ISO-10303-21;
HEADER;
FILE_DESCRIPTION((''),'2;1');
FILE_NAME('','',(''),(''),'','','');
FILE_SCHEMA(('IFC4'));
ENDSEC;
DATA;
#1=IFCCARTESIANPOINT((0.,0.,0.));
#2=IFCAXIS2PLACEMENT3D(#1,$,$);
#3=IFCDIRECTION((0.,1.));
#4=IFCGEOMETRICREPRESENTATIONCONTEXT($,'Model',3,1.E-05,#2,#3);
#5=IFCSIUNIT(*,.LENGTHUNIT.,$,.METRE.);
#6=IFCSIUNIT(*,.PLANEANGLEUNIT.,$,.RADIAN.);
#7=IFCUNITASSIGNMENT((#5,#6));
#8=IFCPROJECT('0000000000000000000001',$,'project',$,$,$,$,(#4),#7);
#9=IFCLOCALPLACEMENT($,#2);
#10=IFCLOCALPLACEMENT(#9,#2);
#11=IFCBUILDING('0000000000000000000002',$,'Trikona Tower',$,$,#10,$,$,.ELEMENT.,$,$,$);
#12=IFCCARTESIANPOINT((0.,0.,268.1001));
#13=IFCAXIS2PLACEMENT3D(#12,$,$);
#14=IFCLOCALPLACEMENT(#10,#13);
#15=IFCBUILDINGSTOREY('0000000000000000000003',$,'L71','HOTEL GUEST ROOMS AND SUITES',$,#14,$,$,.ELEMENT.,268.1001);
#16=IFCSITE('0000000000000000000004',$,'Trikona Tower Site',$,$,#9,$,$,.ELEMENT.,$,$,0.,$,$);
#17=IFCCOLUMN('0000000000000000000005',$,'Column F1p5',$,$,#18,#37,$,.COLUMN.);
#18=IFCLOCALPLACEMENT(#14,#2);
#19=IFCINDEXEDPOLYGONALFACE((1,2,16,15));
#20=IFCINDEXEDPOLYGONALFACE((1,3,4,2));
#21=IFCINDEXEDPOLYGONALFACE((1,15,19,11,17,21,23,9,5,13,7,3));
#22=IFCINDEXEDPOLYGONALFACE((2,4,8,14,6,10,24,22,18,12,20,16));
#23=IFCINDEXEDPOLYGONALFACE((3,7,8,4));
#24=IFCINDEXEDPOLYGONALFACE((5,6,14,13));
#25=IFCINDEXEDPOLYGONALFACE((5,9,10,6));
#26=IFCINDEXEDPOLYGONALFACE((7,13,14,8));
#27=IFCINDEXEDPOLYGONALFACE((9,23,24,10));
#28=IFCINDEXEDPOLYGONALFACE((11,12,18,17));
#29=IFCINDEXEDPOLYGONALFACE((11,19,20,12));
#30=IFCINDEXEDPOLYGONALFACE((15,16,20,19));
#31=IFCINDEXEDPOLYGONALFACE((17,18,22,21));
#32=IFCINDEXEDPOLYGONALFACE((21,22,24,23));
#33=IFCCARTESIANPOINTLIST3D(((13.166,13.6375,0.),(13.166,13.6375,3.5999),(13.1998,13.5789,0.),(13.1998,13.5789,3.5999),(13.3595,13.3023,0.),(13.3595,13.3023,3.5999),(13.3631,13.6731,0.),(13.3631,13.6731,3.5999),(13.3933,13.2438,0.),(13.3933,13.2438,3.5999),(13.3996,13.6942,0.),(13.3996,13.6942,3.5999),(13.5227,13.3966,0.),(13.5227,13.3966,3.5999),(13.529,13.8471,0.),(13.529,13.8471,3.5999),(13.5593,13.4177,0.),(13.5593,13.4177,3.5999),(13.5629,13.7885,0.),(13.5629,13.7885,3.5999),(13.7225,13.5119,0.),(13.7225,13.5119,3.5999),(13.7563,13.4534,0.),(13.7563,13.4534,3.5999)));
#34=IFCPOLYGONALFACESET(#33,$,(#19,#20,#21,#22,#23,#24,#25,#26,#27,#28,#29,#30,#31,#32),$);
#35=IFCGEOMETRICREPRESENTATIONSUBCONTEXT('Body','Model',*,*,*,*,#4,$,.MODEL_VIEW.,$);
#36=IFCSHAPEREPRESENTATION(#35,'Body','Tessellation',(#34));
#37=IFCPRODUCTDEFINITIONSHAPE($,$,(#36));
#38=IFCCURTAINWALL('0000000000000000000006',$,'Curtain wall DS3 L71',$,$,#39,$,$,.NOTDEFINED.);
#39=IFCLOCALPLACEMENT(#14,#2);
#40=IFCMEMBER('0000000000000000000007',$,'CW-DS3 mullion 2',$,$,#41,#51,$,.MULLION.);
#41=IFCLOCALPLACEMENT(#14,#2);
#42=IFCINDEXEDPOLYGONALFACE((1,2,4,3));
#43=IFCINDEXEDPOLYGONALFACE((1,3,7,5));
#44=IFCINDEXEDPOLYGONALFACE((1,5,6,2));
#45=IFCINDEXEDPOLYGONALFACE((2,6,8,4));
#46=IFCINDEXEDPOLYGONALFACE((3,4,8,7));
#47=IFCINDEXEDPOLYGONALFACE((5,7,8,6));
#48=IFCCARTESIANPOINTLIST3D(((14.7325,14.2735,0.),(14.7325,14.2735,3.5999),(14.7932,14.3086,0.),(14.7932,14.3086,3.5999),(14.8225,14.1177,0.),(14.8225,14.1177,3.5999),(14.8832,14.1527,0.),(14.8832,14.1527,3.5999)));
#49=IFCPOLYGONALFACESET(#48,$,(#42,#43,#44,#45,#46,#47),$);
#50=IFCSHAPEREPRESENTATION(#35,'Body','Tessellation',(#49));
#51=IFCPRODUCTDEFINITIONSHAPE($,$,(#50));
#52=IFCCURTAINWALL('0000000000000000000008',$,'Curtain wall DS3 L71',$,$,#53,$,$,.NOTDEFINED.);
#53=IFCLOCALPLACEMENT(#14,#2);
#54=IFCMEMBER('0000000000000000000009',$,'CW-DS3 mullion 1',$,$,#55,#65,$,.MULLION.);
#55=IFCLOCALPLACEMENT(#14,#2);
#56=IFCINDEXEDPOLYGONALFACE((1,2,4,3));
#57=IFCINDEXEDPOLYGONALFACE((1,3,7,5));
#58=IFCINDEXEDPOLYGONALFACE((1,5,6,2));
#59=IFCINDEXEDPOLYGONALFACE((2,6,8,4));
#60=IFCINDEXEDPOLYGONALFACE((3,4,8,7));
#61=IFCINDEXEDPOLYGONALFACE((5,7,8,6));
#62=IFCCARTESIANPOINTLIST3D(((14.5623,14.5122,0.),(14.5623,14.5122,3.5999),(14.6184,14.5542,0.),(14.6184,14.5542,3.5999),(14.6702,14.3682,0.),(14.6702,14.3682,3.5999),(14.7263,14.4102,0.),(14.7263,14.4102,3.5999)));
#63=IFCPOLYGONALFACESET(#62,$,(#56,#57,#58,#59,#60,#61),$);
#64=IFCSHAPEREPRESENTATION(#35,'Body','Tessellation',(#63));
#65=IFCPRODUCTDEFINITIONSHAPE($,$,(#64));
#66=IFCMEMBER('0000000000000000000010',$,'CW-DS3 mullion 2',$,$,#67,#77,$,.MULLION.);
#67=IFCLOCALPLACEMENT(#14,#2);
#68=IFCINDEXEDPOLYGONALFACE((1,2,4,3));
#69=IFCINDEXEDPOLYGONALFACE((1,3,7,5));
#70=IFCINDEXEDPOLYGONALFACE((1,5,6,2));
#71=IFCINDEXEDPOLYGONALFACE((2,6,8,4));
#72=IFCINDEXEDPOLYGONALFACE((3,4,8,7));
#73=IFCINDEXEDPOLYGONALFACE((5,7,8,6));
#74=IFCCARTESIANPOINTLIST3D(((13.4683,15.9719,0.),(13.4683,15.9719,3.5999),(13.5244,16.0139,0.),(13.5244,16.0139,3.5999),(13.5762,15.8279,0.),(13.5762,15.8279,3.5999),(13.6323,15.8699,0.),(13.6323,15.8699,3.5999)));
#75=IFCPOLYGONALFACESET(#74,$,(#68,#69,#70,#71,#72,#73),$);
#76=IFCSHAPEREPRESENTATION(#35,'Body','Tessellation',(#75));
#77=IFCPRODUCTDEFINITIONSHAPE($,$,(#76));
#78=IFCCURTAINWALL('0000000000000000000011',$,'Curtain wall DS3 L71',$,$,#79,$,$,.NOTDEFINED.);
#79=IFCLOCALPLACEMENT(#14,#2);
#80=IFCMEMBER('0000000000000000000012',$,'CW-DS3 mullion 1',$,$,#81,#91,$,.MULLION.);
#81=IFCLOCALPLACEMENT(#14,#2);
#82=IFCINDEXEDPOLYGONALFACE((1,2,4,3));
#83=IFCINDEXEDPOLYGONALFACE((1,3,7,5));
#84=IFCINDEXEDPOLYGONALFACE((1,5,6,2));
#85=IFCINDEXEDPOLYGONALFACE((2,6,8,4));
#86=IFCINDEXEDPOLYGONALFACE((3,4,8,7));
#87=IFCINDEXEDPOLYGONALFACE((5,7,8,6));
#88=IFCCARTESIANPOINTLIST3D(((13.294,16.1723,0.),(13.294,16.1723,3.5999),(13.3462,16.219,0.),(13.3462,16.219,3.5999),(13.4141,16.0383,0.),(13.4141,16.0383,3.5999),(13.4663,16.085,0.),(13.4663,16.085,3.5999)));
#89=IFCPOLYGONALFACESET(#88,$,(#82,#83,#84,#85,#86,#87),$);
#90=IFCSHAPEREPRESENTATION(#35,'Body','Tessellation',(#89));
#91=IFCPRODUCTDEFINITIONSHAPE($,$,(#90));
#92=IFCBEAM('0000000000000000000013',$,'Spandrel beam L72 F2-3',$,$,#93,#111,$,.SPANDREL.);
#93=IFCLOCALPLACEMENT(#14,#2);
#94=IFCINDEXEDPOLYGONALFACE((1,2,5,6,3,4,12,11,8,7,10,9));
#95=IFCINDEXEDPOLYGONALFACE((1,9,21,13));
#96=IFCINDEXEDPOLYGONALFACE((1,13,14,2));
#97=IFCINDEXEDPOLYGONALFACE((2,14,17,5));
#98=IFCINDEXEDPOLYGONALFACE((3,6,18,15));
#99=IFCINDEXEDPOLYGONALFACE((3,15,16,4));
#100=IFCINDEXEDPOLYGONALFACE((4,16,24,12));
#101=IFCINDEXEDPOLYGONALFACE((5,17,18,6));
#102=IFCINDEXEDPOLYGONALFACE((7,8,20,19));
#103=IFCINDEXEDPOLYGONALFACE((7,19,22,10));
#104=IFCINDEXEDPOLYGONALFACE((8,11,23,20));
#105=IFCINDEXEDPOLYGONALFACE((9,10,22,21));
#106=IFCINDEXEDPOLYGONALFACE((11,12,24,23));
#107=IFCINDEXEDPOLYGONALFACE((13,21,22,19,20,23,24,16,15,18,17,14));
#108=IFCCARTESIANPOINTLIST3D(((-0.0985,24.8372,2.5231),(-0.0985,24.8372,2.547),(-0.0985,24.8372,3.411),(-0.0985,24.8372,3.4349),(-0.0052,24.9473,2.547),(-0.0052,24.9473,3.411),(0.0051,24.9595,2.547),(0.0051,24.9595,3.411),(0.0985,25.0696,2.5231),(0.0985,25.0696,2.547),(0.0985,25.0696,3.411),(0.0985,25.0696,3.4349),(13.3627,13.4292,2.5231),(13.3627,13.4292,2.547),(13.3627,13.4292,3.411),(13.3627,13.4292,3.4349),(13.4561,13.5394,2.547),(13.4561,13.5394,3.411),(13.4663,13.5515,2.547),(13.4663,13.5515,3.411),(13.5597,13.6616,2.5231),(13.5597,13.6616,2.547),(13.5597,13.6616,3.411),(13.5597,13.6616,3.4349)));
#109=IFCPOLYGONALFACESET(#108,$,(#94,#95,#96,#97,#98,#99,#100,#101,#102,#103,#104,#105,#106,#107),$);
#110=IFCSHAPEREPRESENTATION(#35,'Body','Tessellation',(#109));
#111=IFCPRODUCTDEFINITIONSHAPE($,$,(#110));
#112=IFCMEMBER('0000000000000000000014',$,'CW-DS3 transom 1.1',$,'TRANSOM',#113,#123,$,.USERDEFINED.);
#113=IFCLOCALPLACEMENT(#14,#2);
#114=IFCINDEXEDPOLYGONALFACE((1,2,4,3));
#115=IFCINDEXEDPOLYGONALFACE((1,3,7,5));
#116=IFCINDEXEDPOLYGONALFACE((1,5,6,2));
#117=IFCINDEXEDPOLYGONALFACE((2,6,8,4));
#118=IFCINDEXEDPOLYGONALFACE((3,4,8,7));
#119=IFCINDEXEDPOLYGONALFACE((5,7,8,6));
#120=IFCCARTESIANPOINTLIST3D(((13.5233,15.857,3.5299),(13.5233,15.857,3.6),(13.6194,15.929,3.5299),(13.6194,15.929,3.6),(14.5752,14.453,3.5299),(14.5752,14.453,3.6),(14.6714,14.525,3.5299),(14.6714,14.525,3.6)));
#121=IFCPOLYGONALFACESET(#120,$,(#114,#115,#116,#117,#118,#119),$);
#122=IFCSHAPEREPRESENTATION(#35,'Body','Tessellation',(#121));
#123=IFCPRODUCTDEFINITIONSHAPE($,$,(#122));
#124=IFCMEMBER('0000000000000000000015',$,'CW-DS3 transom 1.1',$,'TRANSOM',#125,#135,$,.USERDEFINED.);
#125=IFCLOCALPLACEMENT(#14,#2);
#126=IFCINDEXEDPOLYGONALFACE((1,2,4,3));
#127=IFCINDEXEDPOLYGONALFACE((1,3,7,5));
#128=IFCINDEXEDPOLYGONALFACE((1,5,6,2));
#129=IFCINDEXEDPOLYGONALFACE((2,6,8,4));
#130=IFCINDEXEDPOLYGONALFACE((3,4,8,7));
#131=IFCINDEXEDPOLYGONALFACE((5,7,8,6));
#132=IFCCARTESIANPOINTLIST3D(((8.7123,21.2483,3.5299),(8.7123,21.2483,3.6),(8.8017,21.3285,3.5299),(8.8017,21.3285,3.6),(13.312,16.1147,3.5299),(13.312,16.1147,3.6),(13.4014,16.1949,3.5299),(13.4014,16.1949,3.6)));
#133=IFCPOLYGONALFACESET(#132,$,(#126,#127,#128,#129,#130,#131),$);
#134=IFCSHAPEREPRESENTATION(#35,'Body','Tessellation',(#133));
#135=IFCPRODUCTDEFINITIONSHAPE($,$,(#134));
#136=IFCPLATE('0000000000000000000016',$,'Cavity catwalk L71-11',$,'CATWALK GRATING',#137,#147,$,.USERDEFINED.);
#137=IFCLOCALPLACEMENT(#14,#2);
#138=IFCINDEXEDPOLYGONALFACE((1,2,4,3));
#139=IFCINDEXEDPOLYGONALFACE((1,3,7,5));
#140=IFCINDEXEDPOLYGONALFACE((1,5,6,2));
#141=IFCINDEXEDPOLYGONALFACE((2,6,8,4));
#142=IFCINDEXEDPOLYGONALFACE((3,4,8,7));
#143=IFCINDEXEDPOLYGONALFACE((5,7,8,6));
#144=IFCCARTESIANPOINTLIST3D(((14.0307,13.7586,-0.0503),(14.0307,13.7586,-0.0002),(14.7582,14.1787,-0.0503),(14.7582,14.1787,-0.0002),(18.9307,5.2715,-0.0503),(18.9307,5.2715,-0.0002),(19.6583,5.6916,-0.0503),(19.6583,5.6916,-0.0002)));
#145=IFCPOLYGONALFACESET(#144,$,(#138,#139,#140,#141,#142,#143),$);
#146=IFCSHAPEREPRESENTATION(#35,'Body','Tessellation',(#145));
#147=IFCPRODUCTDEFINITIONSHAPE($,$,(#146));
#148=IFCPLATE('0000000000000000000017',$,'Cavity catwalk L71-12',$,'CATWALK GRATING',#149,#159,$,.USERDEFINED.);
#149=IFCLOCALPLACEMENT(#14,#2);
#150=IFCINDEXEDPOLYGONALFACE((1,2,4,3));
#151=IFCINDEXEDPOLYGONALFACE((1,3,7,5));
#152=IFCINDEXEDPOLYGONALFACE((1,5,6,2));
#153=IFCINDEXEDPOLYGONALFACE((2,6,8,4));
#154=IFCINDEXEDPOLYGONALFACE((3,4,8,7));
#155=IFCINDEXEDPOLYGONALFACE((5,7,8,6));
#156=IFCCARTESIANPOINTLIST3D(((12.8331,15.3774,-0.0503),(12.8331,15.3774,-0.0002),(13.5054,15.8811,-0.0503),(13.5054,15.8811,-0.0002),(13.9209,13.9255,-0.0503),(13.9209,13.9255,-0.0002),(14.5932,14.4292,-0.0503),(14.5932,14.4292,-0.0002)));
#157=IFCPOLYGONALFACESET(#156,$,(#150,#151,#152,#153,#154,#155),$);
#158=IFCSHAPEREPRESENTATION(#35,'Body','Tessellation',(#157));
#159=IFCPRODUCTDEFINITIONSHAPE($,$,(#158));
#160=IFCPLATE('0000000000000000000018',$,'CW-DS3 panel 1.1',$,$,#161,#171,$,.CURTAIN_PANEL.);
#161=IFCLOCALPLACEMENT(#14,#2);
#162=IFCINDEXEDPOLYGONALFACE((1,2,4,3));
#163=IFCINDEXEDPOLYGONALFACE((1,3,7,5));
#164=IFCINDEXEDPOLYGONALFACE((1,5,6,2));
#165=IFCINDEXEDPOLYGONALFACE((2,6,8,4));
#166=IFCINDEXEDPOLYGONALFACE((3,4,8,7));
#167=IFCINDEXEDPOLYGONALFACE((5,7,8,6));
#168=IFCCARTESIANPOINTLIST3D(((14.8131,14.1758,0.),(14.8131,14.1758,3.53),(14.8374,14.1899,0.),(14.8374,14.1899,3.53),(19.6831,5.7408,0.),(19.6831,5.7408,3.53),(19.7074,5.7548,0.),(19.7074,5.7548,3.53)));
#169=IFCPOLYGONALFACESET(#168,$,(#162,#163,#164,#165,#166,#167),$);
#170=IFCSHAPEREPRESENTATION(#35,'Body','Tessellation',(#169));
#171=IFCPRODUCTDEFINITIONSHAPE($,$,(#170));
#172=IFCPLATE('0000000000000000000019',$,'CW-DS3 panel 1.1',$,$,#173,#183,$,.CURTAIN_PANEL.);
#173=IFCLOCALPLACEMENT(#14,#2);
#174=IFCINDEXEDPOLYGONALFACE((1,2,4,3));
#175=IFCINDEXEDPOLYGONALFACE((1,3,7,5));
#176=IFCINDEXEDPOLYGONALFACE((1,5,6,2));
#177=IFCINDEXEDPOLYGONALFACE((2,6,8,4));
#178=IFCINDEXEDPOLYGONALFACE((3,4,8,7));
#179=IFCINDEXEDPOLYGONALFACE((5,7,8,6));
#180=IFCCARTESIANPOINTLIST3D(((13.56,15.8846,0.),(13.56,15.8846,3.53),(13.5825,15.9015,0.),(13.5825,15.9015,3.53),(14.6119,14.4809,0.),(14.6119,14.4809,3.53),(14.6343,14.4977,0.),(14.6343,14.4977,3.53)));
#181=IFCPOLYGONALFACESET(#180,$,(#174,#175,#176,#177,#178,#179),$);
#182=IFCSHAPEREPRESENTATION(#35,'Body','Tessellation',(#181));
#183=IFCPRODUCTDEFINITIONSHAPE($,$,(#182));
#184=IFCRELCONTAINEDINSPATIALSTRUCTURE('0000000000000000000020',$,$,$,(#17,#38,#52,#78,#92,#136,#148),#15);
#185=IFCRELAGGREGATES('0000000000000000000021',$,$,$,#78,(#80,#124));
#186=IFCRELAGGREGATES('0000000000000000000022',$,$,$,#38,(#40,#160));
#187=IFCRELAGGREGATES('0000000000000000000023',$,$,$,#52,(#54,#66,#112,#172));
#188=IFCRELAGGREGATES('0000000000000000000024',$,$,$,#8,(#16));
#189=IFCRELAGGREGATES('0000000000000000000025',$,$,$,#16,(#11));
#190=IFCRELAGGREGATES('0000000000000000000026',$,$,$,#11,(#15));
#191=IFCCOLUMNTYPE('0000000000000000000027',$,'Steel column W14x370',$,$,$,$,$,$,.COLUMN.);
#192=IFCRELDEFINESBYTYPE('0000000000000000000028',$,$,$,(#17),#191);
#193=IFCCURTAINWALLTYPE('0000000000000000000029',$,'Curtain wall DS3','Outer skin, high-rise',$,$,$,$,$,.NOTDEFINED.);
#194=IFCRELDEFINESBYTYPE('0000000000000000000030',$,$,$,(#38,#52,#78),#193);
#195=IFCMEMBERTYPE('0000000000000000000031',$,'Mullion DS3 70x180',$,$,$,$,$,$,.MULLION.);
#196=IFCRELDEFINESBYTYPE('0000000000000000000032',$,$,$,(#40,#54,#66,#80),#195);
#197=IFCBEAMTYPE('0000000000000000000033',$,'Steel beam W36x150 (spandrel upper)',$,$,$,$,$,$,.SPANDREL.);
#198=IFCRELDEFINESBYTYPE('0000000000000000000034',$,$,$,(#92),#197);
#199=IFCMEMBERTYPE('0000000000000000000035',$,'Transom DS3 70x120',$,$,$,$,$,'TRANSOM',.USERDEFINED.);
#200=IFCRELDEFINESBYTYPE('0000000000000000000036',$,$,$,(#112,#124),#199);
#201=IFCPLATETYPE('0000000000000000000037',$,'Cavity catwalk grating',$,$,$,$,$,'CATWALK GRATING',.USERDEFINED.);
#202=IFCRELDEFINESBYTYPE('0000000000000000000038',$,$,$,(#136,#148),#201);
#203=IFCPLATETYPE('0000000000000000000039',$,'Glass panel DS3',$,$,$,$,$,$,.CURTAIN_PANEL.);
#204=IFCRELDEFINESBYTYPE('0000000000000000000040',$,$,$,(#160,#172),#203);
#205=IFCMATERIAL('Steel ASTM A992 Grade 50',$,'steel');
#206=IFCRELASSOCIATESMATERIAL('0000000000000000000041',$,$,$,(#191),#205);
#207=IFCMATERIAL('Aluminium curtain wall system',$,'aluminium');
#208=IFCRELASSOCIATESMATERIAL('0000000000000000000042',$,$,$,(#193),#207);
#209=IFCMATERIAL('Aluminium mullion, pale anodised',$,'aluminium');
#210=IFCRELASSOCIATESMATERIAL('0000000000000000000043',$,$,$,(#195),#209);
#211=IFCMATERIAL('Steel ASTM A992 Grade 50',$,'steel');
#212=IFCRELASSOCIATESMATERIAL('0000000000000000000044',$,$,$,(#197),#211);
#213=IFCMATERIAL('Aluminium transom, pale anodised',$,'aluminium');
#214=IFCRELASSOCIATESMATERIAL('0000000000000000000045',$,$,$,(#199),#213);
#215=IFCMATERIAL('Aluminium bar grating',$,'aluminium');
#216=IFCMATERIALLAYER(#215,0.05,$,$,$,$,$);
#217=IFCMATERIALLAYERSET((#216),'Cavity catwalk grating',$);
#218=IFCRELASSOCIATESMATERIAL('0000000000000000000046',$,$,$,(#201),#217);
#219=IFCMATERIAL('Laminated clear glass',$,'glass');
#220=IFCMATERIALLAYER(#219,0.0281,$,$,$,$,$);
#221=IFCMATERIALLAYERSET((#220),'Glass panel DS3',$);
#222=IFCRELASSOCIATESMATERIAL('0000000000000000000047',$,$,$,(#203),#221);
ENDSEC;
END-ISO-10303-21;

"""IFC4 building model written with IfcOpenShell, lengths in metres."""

from ifc_helpers import new_model, si_unit, direction, frame, origin, origin_2d, place, context, subcontext, project, spatial, rectangle, i_section, extrude, material, layer, layer_set, material_profile, profile_set, type_object, element, aggregate, save


model = new_model("IFC4")

# Units and contexts
model_context = context("Model", 3, precision=1e-05, world=origin(), true_north=direction((0.0, 1.0)))
body_context = subcontext(model_context, "Body", "Model", "MODEL_VIEW")
ifc_project = project(units=[si_unit("LENGTHUNIT", "METRE"), si_unit("PLANEANGLEUNIT", "RADIAN")], contexts=[model_context])

# Site, building, storey
site_placement = place(None, origin())
site = spatial("IfcSite", under=ifc_project, at=site_placement, Name="Trikona Tower Site", CompositionType="ELEMENT", RefElevation=0.0)
building_placement = place(site_placement, origin())
building = spatial("IfcBuilding", under=site, at=building_placement, Name="Trikona Tower", CompositionType="ELEMENT")
storey_placement = place(building_placement, frame((0.0, 0.0, 268.1001)))
storey = spatial("IfcBuildingStorey", under=building, at=storey_placement, Name="L71", Description="HOTEL GUEST ROOMS AND SUITES", CompositionType="ELEMENT", Elevation=268.1001)

# Column
ifc_material_1 = material(Name="Steel ASTM A992 Grade 50", Category="steel")
ifc_material_profile_1 = material_profile(ifc_material_1, i_section(OverallWidth=0.4192, OverallDepth=0.4546, WebThickness=0.0422, FlangeThickness=0.0676, at=origin_2d()), Name="W14X370")
ifc_profile_set_1 = profile_set([ifc_material_profile_1], Name="Steel ASTM A992 Grade 50")
column_type = type_object("IfcColumnType", Name="Steel column W14x370", PredefinedType="COLUMN", material=ifc_profile_set_1)
column_placement = place(storey_placement, frame((13.4612, 13.5454, 0.0), z_axis=(0.0, 0.0, 1.0), x_axis=(0.866025, 0.5, 0.0)))
element("IfcColumn", 1, at=column_placement, inside=storey, type_object=column_type, Name="Column F1p5", PredefinedType="COLUMN", context=body_context, shape_type="SweptSolid", body=[
    extrude(i_section(OverallWidth=0.4192, OverallDepth=0.4546, WebThickness=0.0422, FlangeThickness=0.0676, at=origin_2d()), origin(), (0.0, 0.0, 1.0), 3.5999),
])

# Curtain wall, member
ifc_material_2 = material(Name="Aluminium curtain wall system", Category="aluminium")
curtain_wall_type = type_object("IfcCurtainWallType", Name="Curtain wall DS3", Description="Outer skin, high-rise", PredefinedType="NOTDEFINED", material=ifc_material_2)
curtain_wall_1_placement = place(storey_placement, origin())
curtain_wall_1 = element("IfcCurtainWall", 2, at=curtain_wall_1_placement, inside=storey, type_object=curtain_wall_type, Name="Curtain wall DS3 L71", PredefinedType="NOTDEFINED")
ifc_material_3 = material(Name="Aluminium mullion, pale anodised", Category="aluminium")
ifc_material_profile_2 = material_profile(ifc_material_3, rectangle(XDim=0.0701, YDim=0.1799, at=origin_2d()), Name="MUL-DS3")
ifc_profile_set_2 = profile_set([ifc_material_profile_2], Name="Aluminium mullion, pale anodised")
member_type_1 = type_object("IfcMemberType", Name="Mullion DS3 70x180", PredefinedType="MULLION", material=ifc_profile_set_2)
member_1_placement = place(storey_placement, frame((14.8079, 14.2131, 0.0), z_axis=(0.0, 0.0, 1.0), x_axis=(-0.866025, -0.500001, 0.0)))
member_1 = element("IfcMember", 3, at=member_1_placement, type_object=member_type_1, Name="CW-DS3 mullion 2", PredefinedType="MULLION", context=body_context, shape_type="SweptSolid", body=[
    extrude(rectangle(XDim=0.0701, YDim=0.1799, at=origin_2d()), origin(), (0.0, 0.0, 1.0), 3.5999),
])

# Curtain wall, members
curtain_wall_2_placement = place(storey_placement, origin())
curtain_wall_2 = element("IfcCurtainWall", 4, at=curtain_wall_2_placement, inside=storey, type_object=curtain_wall_type, Name="Curtain wall DS3 L71", PredefinedType="NOTDEFINED")
member_2_placement = place(storey_placement, frame((14.6443, 14.4612, 0.0), z_axis=(0.0, 0.0, 1.0), x_axis=(-0.80026, -0.599654, 0.0)))
member_2 = element("IfcMember", 5, at=member_2_placement, type_object=member_type_1, Name="CW-DS3 mullion 1", PredefinedType="MULLION", context=body_context, shape_type="SweptSolid", body=[
    extrude(rectangle(XDim=0.0701, YDim=0.1799, at=origin_2d()), origin(), (0.0, 0.0, 1.0), 3.5999),
])
member_3_placement = place(storey_placement, frame((13.5503, 15.9209, 0.0), z_axis=(0.0, 0.0, 1.0), x_axis=(-0.80026, -0.599654, 0.0)))
member_3 = element("IfcMember", 6, at=member_3_placement, type_object=member_type_1, Name="CW-DS3 mullion 2", PredefinedType="MULLION", context=body_context, shape_type="SweptSolid", body=[
    extrude(rectangle(XDim=0.0701, YDim=0.1799, at=origin_2d()), origin(), (0.0, 0.0, 1.0), 3.5999),
])

# Curtain wall, member
curtain_wall_3_placement = place(storey_placement, origin())
curtain_wall_3 = element("IfcCurtainWall", 7, at=curtain_wall_3_placement, inside=storey, type_object=curtain_wall_type, Name="Curtain wall DS3 L71", PredefinedType="NOTDEFINED")
member_4_placement = place(storey_placement, frame((13.3801, 16.1287, 0.0), z_axis=(0.0, 0.0, 1.0), x_axis=(-0.744771, -0.66732, 0.0)))
member_4 = element("IfcMember", 8, at=member_4_placement, type_object=member_type_1, Name="CW-DS3 mullion 1", PredefinedType="MULLION", context=body_context, shape_type="SweptSolid", body=[
    extrude(rectangle(XDim=0.0701, YDim=0.1799, at=origin_2d()), origin(), (0.0, 0.0, 1.0), 3.5999),
])

# Beam
ifc_material_4 = material(Name="Steel ASTM A992 Grade 50", Category="steel")
ifc_material_profile_3 = material_profile(ifc_material_4, i_section(OverallWidth=0.3047, OverallDepth=0.9119, WebThickness=0.0159, FlangeThickness=0.0239, at=origin_2d()), Name="W36X150")
ifc_profile_set_3 = profile_set([ifc_material_profile_3], Name="Steel ASTM A992 Grade 50")
beam_type = type_object("IfcBeamType", Name="Steel beam W36x150 (spandrel upper)", PredefinedType="SPANDREL", material=ifc_profile_set_3)
beam_placement = place(storey_placement, frame((13.4612, 13.5454, 2.979), z_axis=(-0.762891, 0.646528, 0.0), x_axis=(-0.646528, -0.762891, 0.0)))
element("IfcBeam", 9, at=beam_placement, inside=storey, type_object=beam_type, Name="Spandrel beam L72 F2-3", PredefinedType="SPANDREL", context=body_context, shape_type="SweptSolid", body=[
    extrude(i_section(OverallWidth=0.3047, OverallDepth=0.9119, WebThickness=0.0159, FlangeThickness=0.0239, at=origin_2d()), origin(), (0.0, 0.0, 1.0), 17.645),
])

# Members
ifc_material_5 = material(Name="Aluminium transom, pale anodised", Category="aluminium")
ifc_material_profile_4 = material_profile(ifc_material_5, rectangle(XDim=0.1201, YDim=0.0701, at=origin_2d()), Name="TRN-DS3")
ifc_profile_set_4 = profile_set([ifc_material_profile_4], Name="Aluminium transom, pale anodised")
member_type_2 = type_object("IfcMemberType", Name="Transom DS3 70x120", ElementType="TRANSOM", PredefinedType="USERDEFINED", material=ifc_profile_set_4)
member_5_placement = place(storey_placement, frame((14.6233, 14.489, 3.5649), z_axis=(-0.599621, 0.800284, 0.0), x_axis=(-0.800284, -0.599621, 0.0)))
member_5 = element("IfcMember", 10, at=member_5_placement, type_object=member_type_2, Name="CW-DS3 transom 1.1", ObjectType="TRANSOM", PredefinedType="USERDEFINED", context=body_context, shape_type="SweptSolid", body=[
    extrude(rectangle(XDim=0.1201, YDim=0.0701, at=origin_2d()), origin(), (0.0, 0.0, 1.0), 1.7544),
])
member_6_placement = place(storey_placement, frame((13.3567, 16.1548, 3.5649), z_axis=(-0.667313, 0.744777, 0.0), x_axis=(-0.744777, -0.667313, 0.0)))
member_6 = element("IfcMember", 11, at=member_6_placement, type_object=member_type_2, Name="CW-DS3 transom 1.1", ObjectType="TRANSOM", PredefinedType="USERDEFINED", context=body_context, shape_type="SweptSolid", body=[
    extrude(rectangle(XDim=0.1201, YDim=0.0701, at=origin_2d()), origin(), (0.0, 0.0, 1.0), 6.8928),
])
aggregate(curtain_wall_3, [member_4, member_6])

# Plates
ifc_material_6 = material(Name="Aluminium bar grating", Category="aluminium")
ifc_layer_1 = layer(ifc_material_6, 0.05)
ifc_layer_set_1 = layer_set([ifc_layer_1], Name="Cavity catwalk grating")
plate_type_1 = type_object("IfcPlateType", Name="Cavity catwalk grating", ElementType="CATWALK GRATING", PredefinedType="USERDEFINED", material=ifc_layer_set_1)
plate_1_placement = place(storey_placement, frame((16.8445, 9.7251, -0.0503), z_axis=(0.0, 0.0, 1.0), x_axis=(-0.499998, 0.866026, 0.0)))
element("IfcPlate", 12, at=plate_1_placement, inside=storey, type_object=plate_type_1, Name="Cavity catwalk L71-11", ObjectType="CATWALK GRATING", PredefinedType="USERDEFINED", context=body_context, shape_type="SweptSolid", body=[
    extrude(rectangle(XDim=9.8, YDim=0.8401, at=origin_2d()), origin(), (0.0, 0.0, 1.0), 0.05),
])
plate_2_placement = place(storey_placement, frame((13.7131, 14.9033, -0.0503), z_axis=(0.0, 0.0, 1.0), x_axis=(-0.599619, 0.800286, 0.0)))
element("IfcPlate", 13, at=plate_2_placement, inside=storey, type_object=plate_type_1, Name="Cavity catwalk L71-12", ObjectType="CATWALK GRATING", PredefinedType="USERDEFINED", context=body_context, shape_type="SweptSolid", body=[
    extrude(rectangle(XDim=1.8142, YDim=0.8401, at=origin_2d()), origin(), (0.0, 0.0, 1.0), 0.05),
])

# Plates
ifc_material_7 = material(Name="Laminated clear glass", Category="glass")
ifc_layer_2 = layer(ifc_material_7, 0.0281)
ifc_layer_set_2 = layer_set([ifc_layer_2], Name="Glass panel DS3")
plate_type_2 = type_object("IfcPlateType", Name="Glass panel DS3", PredefinedType="CURTAIN_PANEL", material=ifc_layer_set_2)
plate_3_placement = place(storey_placement, frame((17.2603, 9.9653, 0.0), z_axis=(0.0, 0.0, 1.0), x_axis=(-0.500001, 0.866025, 0.0)))
plate_3 = element("IfcPlate", 14, at=plate_3_placement, type_object=plate_type_2, Name="CW-DS3 panel 1.1", PredefinedType="CURTAIN_PANEL", context=body_context, shape_type="SweptSolid", body=[
    extrude(rectangle(XDim=9.74, YDim=0.0281, at=origin_2d()), origin(), (0.0, 0.0, 1.0), 3.53),
])
aggregate(curtain_wall_1, [member_1, plate_3])
plate_4_placement = place(storey_placement, frame((14.0972, 15.1912, 0.0), z_axis=(0.0, 0.0, 1.0), x_axis=(-0.599654, 0.80026, 0.0)))
plate_4 = element("IfcPlate", 15, at=plate_4_placement, type_object=plate_type_2, Name="CW-DS3 panel 1.1", PredefinedType="CURTAIN_PANEL", context=body_context, shape_type="SweptSolid", body=[
    extrude(rectangle(XDim=1.7542, YDim=0.0281, at=origin_2d()), origin(), (0.0, 0.0, 1.0), 3.53),
])
aggregate(curtain_wall_2, [member_2, member_3, member_5, plate_4])

save(model, "model.ifc")
